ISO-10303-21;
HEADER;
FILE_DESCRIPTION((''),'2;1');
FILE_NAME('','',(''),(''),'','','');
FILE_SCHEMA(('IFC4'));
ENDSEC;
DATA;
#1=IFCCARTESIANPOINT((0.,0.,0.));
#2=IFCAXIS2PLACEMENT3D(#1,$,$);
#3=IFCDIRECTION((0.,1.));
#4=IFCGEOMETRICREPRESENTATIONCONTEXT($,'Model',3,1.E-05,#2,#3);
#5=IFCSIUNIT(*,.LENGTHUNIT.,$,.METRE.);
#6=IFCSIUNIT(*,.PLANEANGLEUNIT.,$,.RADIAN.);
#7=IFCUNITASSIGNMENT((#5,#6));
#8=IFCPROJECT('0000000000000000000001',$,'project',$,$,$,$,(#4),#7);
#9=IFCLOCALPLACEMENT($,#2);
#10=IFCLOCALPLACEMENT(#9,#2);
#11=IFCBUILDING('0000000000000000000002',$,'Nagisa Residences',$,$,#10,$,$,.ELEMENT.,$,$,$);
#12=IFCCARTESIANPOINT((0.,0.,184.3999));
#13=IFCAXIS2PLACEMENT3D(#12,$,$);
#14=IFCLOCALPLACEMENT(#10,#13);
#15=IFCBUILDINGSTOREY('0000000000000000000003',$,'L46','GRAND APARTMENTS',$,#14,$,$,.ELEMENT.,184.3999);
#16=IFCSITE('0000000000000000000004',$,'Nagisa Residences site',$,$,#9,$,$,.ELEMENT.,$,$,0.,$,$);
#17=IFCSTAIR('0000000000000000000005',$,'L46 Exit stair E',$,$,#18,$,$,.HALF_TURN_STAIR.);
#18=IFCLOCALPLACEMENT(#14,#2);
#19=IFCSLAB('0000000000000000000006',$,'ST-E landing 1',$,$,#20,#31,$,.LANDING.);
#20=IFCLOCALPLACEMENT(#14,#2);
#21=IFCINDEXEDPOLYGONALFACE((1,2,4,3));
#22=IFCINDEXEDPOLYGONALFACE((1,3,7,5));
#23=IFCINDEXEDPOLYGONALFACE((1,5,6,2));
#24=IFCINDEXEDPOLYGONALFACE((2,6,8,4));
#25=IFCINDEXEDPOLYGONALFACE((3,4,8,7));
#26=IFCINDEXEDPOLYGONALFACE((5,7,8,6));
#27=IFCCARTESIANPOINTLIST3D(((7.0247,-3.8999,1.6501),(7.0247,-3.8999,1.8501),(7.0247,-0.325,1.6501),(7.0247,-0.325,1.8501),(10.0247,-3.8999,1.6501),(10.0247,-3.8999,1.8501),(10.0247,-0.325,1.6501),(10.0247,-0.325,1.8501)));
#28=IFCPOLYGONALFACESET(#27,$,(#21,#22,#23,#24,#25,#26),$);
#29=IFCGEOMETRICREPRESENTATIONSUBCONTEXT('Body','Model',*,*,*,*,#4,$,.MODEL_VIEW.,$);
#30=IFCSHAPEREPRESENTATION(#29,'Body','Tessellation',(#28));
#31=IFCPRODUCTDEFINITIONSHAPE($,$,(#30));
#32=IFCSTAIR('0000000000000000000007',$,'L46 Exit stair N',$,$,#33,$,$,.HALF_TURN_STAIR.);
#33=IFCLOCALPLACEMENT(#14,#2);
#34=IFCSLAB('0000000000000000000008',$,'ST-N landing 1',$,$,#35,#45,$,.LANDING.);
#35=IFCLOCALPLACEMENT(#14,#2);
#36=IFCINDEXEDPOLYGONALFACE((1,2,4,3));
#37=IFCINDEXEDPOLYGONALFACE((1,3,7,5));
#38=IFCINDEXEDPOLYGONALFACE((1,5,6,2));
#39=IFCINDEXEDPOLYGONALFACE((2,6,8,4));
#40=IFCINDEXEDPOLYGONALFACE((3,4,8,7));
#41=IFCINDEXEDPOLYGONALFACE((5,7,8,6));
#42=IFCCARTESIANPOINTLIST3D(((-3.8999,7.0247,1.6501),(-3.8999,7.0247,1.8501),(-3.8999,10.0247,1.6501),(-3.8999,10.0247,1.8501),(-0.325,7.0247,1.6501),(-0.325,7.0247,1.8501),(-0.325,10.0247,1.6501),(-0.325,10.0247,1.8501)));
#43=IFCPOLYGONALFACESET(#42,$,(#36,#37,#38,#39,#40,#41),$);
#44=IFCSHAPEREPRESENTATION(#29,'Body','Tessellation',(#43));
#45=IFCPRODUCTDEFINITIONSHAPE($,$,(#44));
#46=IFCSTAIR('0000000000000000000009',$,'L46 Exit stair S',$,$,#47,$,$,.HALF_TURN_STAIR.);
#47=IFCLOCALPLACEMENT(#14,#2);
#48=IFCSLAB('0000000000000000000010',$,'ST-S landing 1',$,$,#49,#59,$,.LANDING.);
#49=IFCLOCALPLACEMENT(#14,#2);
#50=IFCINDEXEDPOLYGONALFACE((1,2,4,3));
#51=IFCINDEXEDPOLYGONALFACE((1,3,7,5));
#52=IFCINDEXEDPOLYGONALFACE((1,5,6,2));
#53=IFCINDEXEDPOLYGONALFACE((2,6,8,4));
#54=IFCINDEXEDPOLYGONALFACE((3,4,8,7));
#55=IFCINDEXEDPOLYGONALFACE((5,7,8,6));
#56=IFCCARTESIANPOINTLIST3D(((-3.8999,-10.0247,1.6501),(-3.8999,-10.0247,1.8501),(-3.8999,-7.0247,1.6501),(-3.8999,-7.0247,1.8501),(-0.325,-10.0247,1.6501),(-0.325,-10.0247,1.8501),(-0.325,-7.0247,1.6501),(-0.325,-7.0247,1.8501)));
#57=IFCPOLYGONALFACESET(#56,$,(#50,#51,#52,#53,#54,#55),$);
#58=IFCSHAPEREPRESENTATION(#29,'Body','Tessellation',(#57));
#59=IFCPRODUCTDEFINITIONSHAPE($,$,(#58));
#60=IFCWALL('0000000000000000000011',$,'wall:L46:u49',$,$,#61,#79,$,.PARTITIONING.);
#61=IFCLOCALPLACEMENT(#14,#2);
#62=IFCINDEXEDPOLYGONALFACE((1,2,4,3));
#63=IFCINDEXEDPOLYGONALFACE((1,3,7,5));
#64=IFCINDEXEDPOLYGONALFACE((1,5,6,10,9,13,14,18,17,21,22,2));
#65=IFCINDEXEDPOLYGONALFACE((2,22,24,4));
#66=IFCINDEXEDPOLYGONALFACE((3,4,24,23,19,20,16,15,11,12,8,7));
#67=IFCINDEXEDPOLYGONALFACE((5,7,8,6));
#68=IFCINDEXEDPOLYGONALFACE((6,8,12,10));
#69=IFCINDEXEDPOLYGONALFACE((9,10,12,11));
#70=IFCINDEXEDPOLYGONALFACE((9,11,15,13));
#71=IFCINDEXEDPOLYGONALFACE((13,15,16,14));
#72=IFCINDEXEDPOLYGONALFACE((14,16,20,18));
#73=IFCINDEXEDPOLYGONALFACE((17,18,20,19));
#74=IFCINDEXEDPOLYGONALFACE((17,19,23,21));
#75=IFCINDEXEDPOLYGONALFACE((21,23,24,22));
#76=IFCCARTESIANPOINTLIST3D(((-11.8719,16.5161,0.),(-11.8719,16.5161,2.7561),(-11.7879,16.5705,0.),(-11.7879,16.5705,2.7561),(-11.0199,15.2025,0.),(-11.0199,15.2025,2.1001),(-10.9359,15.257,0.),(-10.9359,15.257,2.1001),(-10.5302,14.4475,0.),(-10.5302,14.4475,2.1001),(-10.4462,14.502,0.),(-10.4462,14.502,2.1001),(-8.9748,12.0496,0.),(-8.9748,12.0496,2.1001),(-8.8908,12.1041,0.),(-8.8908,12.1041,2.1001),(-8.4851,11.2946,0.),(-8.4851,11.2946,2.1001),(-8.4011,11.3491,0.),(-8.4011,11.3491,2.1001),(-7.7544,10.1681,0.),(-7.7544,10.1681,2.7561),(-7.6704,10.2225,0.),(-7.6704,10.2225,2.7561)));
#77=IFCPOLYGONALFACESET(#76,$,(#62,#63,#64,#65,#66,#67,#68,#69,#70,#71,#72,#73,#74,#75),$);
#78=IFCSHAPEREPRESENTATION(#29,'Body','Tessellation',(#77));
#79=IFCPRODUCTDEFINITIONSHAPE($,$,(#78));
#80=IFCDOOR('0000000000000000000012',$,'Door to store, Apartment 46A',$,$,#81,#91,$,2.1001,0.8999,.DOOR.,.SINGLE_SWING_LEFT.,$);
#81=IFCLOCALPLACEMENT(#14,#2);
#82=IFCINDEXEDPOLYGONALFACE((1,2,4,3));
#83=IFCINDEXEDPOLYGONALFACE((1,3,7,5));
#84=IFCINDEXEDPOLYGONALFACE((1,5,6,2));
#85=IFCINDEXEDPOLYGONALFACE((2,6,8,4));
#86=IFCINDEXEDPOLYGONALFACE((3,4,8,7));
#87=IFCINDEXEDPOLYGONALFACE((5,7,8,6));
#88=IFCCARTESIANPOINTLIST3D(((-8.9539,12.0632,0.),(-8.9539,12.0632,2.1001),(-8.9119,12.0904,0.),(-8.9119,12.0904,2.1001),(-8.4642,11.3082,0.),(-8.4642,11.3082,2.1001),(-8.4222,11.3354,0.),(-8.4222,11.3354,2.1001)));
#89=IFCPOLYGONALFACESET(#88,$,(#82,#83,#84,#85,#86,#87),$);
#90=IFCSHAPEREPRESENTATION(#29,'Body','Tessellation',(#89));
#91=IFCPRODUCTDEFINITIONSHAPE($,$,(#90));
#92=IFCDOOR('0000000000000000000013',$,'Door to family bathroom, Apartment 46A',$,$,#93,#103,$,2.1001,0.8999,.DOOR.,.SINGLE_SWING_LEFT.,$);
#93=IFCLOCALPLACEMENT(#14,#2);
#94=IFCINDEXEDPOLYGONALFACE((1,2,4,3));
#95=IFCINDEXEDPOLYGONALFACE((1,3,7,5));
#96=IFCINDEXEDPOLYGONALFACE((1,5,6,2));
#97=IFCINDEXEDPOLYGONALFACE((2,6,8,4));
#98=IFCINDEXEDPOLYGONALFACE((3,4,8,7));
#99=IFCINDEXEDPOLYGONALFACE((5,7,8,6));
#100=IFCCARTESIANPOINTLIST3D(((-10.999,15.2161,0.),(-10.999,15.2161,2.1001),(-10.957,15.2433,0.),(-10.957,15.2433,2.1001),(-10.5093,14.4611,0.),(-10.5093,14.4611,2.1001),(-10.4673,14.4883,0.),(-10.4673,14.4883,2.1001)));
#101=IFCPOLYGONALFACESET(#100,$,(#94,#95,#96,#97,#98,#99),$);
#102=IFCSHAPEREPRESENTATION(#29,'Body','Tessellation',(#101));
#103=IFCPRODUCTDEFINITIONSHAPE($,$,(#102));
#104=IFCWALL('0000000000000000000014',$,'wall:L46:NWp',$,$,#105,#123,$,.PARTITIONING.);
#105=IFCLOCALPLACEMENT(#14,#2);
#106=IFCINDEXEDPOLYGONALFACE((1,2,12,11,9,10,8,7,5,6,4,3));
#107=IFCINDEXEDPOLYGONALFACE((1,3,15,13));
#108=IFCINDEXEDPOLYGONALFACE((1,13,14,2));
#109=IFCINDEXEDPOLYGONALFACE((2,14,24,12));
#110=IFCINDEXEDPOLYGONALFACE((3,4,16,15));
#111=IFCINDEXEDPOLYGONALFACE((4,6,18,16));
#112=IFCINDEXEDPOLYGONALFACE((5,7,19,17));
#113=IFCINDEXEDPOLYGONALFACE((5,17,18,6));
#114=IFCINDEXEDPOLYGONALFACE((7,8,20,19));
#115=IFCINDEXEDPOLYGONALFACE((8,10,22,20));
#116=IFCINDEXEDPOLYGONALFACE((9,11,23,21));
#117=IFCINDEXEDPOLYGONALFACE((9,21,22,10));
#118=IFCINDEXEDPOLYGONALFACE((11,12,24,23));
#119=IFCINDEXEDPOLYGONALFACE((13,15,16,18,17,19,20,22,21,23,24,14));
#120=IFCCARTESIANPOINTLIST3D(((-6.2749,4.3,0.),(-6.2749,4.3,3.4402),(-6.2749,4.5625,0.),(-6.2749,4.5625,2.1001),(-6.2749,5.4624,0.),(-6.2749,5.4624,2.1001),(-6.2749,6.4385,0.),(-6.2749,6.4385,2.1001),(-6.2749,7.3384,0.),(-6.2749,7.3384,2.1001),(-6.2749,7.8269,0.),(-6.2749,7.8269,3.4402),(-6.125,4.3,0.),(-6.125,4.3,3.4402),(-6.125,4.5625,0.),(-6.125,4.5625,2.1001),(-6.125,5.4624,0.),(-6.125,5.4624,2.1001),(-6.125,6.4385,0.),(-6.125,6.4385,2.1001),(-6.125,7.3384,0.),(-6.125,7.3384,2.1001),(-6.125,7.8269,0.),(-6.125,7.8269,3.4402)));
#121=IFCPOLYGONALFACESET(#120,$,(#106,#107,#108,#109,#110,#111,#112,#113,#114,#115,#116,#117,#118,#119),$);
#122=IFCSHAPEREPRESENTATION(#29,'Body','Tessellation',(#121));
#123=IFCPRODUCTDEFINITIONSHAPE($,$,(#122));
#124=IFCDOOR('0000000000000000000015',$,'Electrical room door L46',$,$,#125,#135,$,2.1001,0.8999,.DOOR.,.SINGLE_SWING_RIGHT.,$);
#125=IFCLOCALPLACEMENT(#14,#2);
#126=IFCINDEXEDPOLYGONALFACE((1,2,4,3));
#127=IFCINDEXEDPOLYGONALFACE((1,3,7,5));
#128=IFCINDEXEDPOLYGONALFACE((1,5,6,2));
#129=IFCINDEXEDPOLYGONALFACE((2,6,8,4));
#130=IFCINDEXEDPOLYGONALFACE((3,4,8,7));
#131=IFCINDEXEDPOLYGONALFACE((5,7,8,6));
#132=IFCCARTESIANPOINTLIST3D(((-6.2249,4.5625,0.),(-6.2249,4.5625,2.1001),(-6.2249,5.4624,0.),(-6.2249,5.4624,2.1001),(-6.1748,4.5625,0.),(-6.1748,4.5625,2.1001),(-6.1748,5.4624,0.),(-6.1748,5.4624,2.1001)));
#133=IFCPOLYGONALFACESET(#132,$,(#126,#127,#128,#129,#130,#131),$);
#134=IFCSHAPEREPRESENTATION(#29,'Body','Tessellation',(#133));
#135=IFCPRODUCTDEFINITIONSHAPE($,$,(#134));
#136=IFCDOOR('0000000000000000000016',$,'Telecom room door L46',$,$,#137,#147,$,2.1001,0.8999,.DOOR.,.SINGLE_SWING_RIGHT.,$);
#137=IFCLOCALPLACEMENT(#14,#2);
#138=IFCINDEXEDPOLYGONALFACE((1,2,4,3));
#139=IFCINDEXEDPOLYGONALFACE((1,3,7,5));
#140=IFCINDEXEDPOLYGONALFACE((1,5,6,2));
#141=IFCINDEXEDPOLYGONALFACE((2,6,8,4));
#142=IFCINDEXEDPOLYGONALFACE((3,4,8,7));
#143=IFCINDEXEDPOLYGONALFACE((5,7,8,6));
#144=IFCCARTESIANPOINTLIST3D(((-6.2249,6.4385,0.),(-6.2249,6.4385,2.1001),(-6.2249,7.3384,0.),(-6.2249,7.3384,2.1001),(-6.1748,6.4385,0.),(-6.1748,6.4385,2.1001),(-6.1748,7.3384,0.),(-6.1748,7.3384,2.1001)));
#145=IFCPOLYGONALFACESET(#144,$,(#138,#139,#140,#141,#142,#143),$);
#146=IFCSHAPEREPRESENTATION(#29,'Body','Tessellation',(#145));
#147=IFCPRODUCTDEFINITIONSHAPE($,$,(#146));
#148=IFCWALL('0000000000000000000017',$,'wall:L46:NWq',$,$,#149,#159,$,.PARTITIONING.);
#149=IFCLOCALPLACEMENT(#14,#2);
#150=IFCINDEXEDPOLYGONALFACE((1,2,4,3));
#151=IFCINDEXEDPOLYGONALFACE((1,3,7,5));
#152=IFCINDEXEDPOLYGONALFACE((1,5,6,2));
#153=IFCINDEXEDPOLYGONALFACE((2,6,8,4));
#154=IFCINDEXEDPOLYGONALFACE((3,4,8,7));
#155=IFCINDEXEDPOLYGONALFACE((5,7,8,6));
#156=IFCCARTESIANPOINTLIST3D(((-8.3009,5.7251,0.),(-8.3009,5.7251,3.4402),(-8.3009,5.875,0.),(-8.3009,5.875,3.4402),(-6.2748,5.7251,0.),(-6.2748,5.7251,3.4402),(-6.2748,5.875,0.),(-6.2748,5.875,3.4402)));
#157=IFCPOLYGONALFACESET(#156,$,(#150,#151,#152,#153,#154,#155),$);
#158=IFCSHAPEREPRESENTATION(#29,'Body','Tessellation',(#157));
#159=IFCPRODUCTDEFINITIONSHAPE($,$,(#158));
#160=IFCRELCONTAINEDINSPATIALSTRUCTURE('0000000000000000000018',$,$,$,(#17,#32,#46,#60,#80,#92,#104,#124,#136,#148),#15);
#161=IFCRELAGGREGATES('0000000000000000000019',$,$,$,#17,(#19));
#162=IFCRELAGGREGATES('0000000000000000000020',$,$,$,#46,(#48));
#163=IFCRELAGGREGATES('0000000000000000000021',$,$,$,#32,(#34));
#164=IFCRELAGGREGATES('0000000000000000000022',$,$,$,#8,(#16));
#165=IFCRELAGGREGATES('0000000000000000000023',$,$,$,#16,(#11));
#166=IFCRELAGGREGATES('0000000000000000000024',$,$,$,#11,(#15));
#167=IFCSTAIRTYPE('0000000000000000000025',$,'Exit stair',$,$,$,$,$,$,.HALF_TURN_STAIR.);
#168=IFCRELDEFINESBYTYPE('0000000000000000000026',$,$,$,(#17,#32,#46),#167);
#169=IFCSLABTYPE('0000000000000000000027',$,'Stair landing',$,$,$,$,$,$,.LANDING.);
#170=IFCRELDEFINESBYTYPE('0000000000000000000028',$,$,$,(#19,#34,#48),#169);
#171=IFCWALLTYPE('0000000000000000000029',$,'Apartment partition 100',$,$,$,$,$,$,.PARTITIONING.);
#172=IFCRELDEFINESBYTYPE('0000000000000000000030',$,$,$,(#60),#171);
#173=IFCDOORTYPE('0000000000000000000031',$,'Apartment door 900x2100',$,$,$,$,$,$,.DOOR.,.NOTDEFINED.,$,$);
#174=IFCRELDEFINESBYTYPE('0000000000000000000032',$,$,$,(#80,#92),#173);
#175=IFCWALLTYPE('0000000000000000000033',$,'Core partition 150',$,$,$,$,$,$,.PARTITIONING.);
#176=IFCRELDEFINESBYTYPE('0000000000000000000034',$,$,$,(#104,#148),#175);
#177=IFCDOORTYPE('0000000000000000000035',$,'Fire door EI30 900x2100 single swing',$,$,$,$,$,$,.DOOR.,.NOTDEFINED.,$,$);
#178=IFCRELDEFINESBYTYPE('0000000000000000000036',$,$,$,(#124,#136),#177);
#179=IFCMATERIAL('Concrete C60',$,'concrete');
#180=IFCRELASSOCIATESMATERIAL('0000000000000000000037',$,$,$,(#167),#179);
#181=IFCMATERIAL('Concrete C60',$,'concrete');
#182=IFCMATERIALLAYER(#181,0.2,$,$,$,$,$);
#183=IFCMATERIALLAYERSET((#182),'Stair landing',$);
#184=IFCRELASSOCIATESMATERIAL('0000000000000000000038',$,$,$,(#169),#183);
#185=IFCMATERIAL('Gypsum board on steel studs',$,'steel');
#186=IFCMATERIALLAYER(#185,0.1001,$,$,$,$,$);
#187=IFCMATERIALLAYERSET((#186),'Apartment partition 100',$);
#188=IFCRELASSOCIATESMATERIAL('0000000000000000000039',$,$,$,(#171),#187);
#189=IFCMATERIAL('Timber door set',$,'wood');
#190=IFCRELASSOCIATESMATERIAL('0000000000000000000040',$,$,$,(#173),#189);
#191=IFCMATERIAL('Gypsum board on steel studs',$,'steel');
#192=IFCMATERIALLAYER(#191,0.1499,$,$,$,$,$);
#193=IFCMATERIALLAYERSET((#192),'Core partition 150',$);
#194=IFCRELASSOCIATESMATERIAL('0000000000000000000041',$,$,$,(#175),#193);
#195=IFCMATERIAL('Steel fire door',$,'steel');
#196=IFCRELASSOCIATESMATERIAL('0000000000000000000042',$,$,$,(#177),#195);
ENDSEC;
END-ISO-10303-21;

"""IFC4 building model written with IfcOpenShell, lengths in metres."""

from ifc_helpers import new_model, si_unit, direction, frame, frame_2d, origin, place, context, subcontext, project, spatial, polyline, rectangle, outline, extrude, material, layer, layer_set, type_object, element, fill, aggregate, save


model = new_model("IFC4")

# Units and contexts
model_context = context("Model", 3, precision=1e-05, world=origin(), true_north=direction((0.0, 1.0)))
body_context = subcontext(model_context, "Body", "Model", "MODEL_VIEW")
ifc_project = project(units=[si_unit("LENGTHUNIT", "METRE"), si_unit("PLANEANGLEUNIT", "RADIAN")], contexts=[model_context])

# Site, building, storey
site_placement = place(None, origin())
site = spatial("IfcSite", under=ifc_project, at=site_placement, Name="Nagisa Residences site", CompositionType="ELEMENT", RefElevation=0.0)
building_placement = place(site_placement, origin())
building = spatial("IfcBuilding", under=site, at=building_placement, Name="Nagisa Residences", CompositionType="ELEMENT")
storey_placement = place(building_placement, frame((0.0, 0.0, 184.3999)))
storey = spatial("IfcBuildingStorey", under=building, at=storey_placement, Name="L46", Description="GRAND APARTMENTS", CompositionType="ELEMENT", Elevation=184.3999)

# Stairs, slabs
ifc_material_1 = material(Name="Concrete C60", Category="concrete")
stair_type = type_object("IfcStairType", Name="Exit stair", PredefinedType="HALF_TURN_STAIR", material=ifc_material_1)
stair_1_placement = place(storey_placement, origin())
stair_1 = element("IfcStair", 1, at=stair_1_placement, inside=storey, type_object=stair_type, Name="L46 Exit stair E", PredefinedType="HALF_TURN_STAIR")
ifc_material_2 = material(Name="Concrete C60", Category="concrete")
ifc_layer_1 = layer(ifc_material_2, 0.2)
ifc_layer_set_1 = layer_set([ifc_layer_1], Name="Stair landing")
slab_type = type_object("IfcSlabType", Name="Stair landing", PredefinedType="LANDING", material=ifc_layer_set_1)
slab_1_placement = place(storey_placement, frame((0.0, 0.0, 1.6501)))
slab_1 = element("IfcSlab", 2, at=slab_1_placement, type_object=slab_type, Name="ST-E landing 1", PredefinedType="LANDING", context=body_context, shape_type="SweptSolid", body=[
    extrude(outline(polyline([(7.0247, -0.325), (7.0247, -3.8999), (10.0247, -3.8999), (10.0247, -0.325), (7.0247, -0.325)])), origin(), (0.0, 0.0, 1.0), 0.2),
])
aggregate(stair_1, [slab_1])
stair_2_placement = place(storey_placement, origin())
stair_2 = element("IfcStair", 3, at=stair_2_placement, inside=storey, type_object=stair_type, Name="L46 Exit stair N", PredefinedType="HALF_TURN_STAIR")
slab_2_placement = place(storey_placement, frame((0.0, 0.0, 1.6501)))
slab_2 = element("IfcSlab", 4, at=slab_2_placement, type_object=slab_type, Name="ST-N landing 1", PredefinedType="LANDING", context=body_context, shape_type="SweptSolid", body=[
    extrude(outline(polyline([(-0.325, 10.0247), (-3.8999, 10.0247), (-3.8999, 7.0247), (-0.325, 7.0247), (-0.325, 10.0247)])), origin(), (0.0, 0.0, 1.0), 0.2),
])
stair_3_placement = place(storey_placement, origin())
stair_3 = element("IfcStair", 5, at=stair_3_placement, inside=storey, type_object=stair_type, Name="L46 Exit stair S", PredefinedType="HALF_TURN_STAIR")
slab_3_placement = place(storey_placement, frame((0.0, 0.0, 1.6501)))
slab_3 = element("IfcSlab", 6, at=slab_3_placement, type_object=slab_type, Name="ST-S landing 1", PredefinedType="LANDING", context=body_context, shape_type="SweptSolid", body=[
    extrude(outline(polyline([(-0.325, -7.0247), (-3.8999, -7.0247), (-3.8999, -10.0247), (-0.325, -10.0247), (-0.325, -7.0247)])), origin(), (0.0, 0.0, 1.0), 0.2),
])
aggregate(stair_3, [slab_3])

# Walls, openings, doors
ifc_material_3 = material(Name="Gypsum board on steel studs", Category="steel")
ifc_layer_2 = layer(ifc_material_3, 0.1001)
ifc_layer_set_2 = layer_set([ifc_layer_2], Name="Apartment partition 100")
wall_type_1 = type_object("IfcWallType", Name="Apartment partition 100", PredefinedType="PARTITIONING", material=ifc_layer_set_2)
wall_1_placement = place(storey_placement, frame((-7.7124, 10.1953, 0.0), z_axis=(0.0, 0.0, 1.0), x_axis=(-0.544179, 0.838969, 0.0)))
wall_1 = element("IfcWall", 7, at=wall_1_placement, inside=storey, type_object=wall_type_1, Name="wall:L46:u49", PredefinedType="PARTITIONING", context=body_context, shape_type="SweptSolid", body=[
    extrude(rectangle(XDim=7.5664, YDim=0.1001, at=frame_2d((3.7832, 0.0))), origin(), (0.0, 0.0, 1.0), 2.7561),
])
opening_1_placement = place(wall_1_placement, frame((1.3428, 0.0, 0.0)))
opening_1 = element("IfcOpeningElement", 8, at=opening_1_placement, cuts=wall_1, PredefinedType="OPENING", context=body_context, shape_type="SweptSolid", body=[
    extrude(rectangle(XDim=0.8999, YDim=2.1001, at=frame_2d((0.45, 1.05))), frame((0.0, 0.0601, 0.0), z_axis=(0.0, -1.0, 0.0), x_axis=(1.0, 0.0, 0.0)), (0.0, 0.0, 1.0), 0.1201),
])
opening_2_placement = place(wall_1_placement, frame((5.1008, 0.0, 0.0)))
opening_2 = element("IfcOpeningElement", 9, at=opening_2_placement, cuts=wall_1, PredefinedType="OPENING", context=body_context, shape_type="SweptSolid", body=[
    extrude(rectangle(XDim=0.8999, YDim=2.1001, at=frame_2d((0.45, 1.05))), frame((0.0, 0.0601, 0.0), z_axis=(0.0, -1.0, 0.0), x_axis=(1.0, 0.0, 0.0)), (0.0, 0.0, 1.0), 0.1201),
])
ifc_material_4 = material(Name="Timber door set", Category="wood")
door_type_1 = type_object("IfcDoorType", Name="Apartment door 900x2100", OperationType="NOTDEFINED", PredefinedType="DOOR", material=ifc_material_4)
door_1_placement = place(opening_1_placement, frame((0.8999, 0.0, 0.0), x_axis=(-1.0, 0.0, 0.0)))
door_1 = element("IfcDoor", 10, at=door_1_placement, inside=storey, type_object=door_type_1, Name="Door to store, Apartment 46A", OperationType="SINGLE_SWING_LEFT", OverallHeight=2.1001, OverallWidth=0.8999, PredefinedType="DOOR", context=body_context, shape_type="SweptSolid", body=[
    extrude(rectangle(XDim=0.8999, YDim=2.1001, at=frame_2d((0.45, 1.05))), frame((0.0, 0.0249, 0.0), z_axis=(0.0, -1.0, 0.0), x_axis=(1.0, 0.0, 0.0)), (0.0, 0.0, 1.0), 0.05),
])
fill(opening_1, door_1)
door_2_placement = place(opening_2_placement, frame((0.8999, 0.0, 0.0), x_axis=(-1.0, 0.0, 0.0)))
door_2 = element("IfcDoor", 11, at=door_2_placement, inside=storey, type_object=door_type_1, Name="Door to family bathroom, Apartment 46A", OperationType="SINGLE_SWING_LEFT", OverallHeight=2.1001, OverallWidth=0.8999, PredefinedType="DOOR", context=body_context, shape_type="SweptSolid", body=[
    extrude(rectangle(XDim=0.8999, YDim=2.1001, at=frame_2d((0.45, 1.05))), frame((0.0, 0.0249, 0.0), z_axis=(0.0, -1.0, 0.0), x_axis=(1.0, 0.0, 0.0)), (0.0, 0.0, 1.0), 0.05),
])
fill(opening_2, door_2)
ifc_material_5 = material(Name="Gypsum board on steel studs", Category="steel")
ifc_layer_3 = layer(ifc_material_5, 0.1499)
ifc_layer_set_3 = layer_set([ifc_layer_3], Name="Core partition 150")
wall_type_2 = type_object("IfcWallType", Name="Core partition 150", PredefinedType="PARTITIONING", material=ifc_layer_set_3)
wall_2_placement = place(storey_placement, frame((-6.2, 4.3, 0.0), z_axis=(0.0, 0.0, 1.0), x_axis=(0.0, 1.0, 0.0)))
wall_2 = element("IfcWall", 12, at=wall_2_placement, inside=storey, type_object=wall_type_2, Name="wall:L46:NWp", PredefinedType="PARTITIONING", context=body_context, shape_type="SweptSolid", body=[
    extrude(rectangle(XDim=3.5269, YDim=0.1499, at=frame_2d((1.7634, 0.0))), origin(), (0.0, 0.0, 1.0), 3.4402),
])
opening_3_placement = place(wall_2_placement, frame((0.2625, 0.0, 0.0)))
opening_3 = element("IfcOpeningElement", 13, at=opening_3_placement, cuts=wall_2, PredefinedType="OPENING", context=body_context, shape_type="SweptSolid", body=[
    extrude(rectangle(XDim=0.8999, YDim=2.1001, at=frame_2d((0.45, 1.05))), frame((0.0, 0.085, 0.0), z_axis=(0.0, -1.0, 0.0), x_axis=(1.0, 0.0, 0.0)), (0.0, 0.0, 1.0), 0.1699),
])
opening_4_placement = place(wall_2_placement, frame((2.1384, 0.0, 0.0)))
opening_4 = element("IfcOpeningElement", 14, at=opening_4_placement, cuts=wall_2, PredefinedType="OPENING", context=body_context, shape_type="SweptSolid", body=[
    extrude(rectangle(XDim=0.8999, YDim=2.1001, at=frame_2d((0.45, 1.05))), frame((0.0, 0.085, 0.0), z_axis=(0.0, -1.0, 0.0), x_axis=(1.0, 0.0, 0.0)), (0.0, 0.0, 1.0), 0.1699),
])
ifc_material_6 = material(Name="Steel fire door", Category="steel")
door_type_2 = type_object("IfcDoorType", Name="Fire door EI30 900x2100 single swing", OperationType="NOTDEFINED", PredefinedType="DOOR", material=ifc_material_6)
door_3_placement = place(opening_3_placement, origin())
door_3 = element("IfcDoor", 15, at=door_3_placement, inside=storey, type_object=door_type_2, Name="Electrical room door L46", OperationType="SINGLE_SWING_RIGHT", OverallHeight=2.1001, OverallWidth=0.8999, PredefinedType="DOOR", context=body_context, shape_type="SweptSolid", body=[
    extrude(rectangle(XDim=0.8999, YDim=2.1001, at=frame_2d((0.45, 1.05))), frame((0.0, 0.0249, 0.0), z_axis=(0.0, -1.0, 0.0), x_axis=(1.0, 0.0, 0.0)), (0.0, 0.0, 1.0), 0.05),
])
fill(opening_3, door_3)
door_4_placement = place(opening_4_placement, origin())
door_4 = element("IfcDoor", 16, at=door_4_placement, inside=storey, type_object=door_type_2, Name="Telecom room door L46", OperationType="SINGLE_SWING_RIGHT", OverallHeight=2.1001, OverallWidth=0.8999, PredefinedType="DOOR", context=body_context, shape_type="SweptSolid", body=[
    extrude(rectangle(XDim=0.8999, YDim=2.1001, at=frame_2d((0.45, 1.05))), frame((0.0, 0.0249, 0.0), z_axis=(0.0, -1.0, 0.0), x_axis=(1.0, 0.0, 0.0)), (0.0, 0.0, 1.0), 0.05),
])
fill(opening_4, door_4)

# Wall
wall_3_placement = place(storey_placement, frame((-8.301, 5.8, 0.0), z_axis=(0.0, 0.0, 1.0), x_axis=(1.0, 0.0, 0.0)))
element("IfcWall", 17, at=wall_3_placement, inside=storey, type_object=wall_type_2, Name="wall:L46:NWq", PredefinedType="PARTITIONING", context=body_context, shape_type="SweptSolid", body=[
    extrude(rectangle(XDim=2.0261, YDim=0.1499, at=frame_2d((1.0132, 0.0))), origin(), (0.0, 0.0, 1.0), 3.4402),
])

aggregate(stair_2, [slab_2])

save(model, "model.ifc")
